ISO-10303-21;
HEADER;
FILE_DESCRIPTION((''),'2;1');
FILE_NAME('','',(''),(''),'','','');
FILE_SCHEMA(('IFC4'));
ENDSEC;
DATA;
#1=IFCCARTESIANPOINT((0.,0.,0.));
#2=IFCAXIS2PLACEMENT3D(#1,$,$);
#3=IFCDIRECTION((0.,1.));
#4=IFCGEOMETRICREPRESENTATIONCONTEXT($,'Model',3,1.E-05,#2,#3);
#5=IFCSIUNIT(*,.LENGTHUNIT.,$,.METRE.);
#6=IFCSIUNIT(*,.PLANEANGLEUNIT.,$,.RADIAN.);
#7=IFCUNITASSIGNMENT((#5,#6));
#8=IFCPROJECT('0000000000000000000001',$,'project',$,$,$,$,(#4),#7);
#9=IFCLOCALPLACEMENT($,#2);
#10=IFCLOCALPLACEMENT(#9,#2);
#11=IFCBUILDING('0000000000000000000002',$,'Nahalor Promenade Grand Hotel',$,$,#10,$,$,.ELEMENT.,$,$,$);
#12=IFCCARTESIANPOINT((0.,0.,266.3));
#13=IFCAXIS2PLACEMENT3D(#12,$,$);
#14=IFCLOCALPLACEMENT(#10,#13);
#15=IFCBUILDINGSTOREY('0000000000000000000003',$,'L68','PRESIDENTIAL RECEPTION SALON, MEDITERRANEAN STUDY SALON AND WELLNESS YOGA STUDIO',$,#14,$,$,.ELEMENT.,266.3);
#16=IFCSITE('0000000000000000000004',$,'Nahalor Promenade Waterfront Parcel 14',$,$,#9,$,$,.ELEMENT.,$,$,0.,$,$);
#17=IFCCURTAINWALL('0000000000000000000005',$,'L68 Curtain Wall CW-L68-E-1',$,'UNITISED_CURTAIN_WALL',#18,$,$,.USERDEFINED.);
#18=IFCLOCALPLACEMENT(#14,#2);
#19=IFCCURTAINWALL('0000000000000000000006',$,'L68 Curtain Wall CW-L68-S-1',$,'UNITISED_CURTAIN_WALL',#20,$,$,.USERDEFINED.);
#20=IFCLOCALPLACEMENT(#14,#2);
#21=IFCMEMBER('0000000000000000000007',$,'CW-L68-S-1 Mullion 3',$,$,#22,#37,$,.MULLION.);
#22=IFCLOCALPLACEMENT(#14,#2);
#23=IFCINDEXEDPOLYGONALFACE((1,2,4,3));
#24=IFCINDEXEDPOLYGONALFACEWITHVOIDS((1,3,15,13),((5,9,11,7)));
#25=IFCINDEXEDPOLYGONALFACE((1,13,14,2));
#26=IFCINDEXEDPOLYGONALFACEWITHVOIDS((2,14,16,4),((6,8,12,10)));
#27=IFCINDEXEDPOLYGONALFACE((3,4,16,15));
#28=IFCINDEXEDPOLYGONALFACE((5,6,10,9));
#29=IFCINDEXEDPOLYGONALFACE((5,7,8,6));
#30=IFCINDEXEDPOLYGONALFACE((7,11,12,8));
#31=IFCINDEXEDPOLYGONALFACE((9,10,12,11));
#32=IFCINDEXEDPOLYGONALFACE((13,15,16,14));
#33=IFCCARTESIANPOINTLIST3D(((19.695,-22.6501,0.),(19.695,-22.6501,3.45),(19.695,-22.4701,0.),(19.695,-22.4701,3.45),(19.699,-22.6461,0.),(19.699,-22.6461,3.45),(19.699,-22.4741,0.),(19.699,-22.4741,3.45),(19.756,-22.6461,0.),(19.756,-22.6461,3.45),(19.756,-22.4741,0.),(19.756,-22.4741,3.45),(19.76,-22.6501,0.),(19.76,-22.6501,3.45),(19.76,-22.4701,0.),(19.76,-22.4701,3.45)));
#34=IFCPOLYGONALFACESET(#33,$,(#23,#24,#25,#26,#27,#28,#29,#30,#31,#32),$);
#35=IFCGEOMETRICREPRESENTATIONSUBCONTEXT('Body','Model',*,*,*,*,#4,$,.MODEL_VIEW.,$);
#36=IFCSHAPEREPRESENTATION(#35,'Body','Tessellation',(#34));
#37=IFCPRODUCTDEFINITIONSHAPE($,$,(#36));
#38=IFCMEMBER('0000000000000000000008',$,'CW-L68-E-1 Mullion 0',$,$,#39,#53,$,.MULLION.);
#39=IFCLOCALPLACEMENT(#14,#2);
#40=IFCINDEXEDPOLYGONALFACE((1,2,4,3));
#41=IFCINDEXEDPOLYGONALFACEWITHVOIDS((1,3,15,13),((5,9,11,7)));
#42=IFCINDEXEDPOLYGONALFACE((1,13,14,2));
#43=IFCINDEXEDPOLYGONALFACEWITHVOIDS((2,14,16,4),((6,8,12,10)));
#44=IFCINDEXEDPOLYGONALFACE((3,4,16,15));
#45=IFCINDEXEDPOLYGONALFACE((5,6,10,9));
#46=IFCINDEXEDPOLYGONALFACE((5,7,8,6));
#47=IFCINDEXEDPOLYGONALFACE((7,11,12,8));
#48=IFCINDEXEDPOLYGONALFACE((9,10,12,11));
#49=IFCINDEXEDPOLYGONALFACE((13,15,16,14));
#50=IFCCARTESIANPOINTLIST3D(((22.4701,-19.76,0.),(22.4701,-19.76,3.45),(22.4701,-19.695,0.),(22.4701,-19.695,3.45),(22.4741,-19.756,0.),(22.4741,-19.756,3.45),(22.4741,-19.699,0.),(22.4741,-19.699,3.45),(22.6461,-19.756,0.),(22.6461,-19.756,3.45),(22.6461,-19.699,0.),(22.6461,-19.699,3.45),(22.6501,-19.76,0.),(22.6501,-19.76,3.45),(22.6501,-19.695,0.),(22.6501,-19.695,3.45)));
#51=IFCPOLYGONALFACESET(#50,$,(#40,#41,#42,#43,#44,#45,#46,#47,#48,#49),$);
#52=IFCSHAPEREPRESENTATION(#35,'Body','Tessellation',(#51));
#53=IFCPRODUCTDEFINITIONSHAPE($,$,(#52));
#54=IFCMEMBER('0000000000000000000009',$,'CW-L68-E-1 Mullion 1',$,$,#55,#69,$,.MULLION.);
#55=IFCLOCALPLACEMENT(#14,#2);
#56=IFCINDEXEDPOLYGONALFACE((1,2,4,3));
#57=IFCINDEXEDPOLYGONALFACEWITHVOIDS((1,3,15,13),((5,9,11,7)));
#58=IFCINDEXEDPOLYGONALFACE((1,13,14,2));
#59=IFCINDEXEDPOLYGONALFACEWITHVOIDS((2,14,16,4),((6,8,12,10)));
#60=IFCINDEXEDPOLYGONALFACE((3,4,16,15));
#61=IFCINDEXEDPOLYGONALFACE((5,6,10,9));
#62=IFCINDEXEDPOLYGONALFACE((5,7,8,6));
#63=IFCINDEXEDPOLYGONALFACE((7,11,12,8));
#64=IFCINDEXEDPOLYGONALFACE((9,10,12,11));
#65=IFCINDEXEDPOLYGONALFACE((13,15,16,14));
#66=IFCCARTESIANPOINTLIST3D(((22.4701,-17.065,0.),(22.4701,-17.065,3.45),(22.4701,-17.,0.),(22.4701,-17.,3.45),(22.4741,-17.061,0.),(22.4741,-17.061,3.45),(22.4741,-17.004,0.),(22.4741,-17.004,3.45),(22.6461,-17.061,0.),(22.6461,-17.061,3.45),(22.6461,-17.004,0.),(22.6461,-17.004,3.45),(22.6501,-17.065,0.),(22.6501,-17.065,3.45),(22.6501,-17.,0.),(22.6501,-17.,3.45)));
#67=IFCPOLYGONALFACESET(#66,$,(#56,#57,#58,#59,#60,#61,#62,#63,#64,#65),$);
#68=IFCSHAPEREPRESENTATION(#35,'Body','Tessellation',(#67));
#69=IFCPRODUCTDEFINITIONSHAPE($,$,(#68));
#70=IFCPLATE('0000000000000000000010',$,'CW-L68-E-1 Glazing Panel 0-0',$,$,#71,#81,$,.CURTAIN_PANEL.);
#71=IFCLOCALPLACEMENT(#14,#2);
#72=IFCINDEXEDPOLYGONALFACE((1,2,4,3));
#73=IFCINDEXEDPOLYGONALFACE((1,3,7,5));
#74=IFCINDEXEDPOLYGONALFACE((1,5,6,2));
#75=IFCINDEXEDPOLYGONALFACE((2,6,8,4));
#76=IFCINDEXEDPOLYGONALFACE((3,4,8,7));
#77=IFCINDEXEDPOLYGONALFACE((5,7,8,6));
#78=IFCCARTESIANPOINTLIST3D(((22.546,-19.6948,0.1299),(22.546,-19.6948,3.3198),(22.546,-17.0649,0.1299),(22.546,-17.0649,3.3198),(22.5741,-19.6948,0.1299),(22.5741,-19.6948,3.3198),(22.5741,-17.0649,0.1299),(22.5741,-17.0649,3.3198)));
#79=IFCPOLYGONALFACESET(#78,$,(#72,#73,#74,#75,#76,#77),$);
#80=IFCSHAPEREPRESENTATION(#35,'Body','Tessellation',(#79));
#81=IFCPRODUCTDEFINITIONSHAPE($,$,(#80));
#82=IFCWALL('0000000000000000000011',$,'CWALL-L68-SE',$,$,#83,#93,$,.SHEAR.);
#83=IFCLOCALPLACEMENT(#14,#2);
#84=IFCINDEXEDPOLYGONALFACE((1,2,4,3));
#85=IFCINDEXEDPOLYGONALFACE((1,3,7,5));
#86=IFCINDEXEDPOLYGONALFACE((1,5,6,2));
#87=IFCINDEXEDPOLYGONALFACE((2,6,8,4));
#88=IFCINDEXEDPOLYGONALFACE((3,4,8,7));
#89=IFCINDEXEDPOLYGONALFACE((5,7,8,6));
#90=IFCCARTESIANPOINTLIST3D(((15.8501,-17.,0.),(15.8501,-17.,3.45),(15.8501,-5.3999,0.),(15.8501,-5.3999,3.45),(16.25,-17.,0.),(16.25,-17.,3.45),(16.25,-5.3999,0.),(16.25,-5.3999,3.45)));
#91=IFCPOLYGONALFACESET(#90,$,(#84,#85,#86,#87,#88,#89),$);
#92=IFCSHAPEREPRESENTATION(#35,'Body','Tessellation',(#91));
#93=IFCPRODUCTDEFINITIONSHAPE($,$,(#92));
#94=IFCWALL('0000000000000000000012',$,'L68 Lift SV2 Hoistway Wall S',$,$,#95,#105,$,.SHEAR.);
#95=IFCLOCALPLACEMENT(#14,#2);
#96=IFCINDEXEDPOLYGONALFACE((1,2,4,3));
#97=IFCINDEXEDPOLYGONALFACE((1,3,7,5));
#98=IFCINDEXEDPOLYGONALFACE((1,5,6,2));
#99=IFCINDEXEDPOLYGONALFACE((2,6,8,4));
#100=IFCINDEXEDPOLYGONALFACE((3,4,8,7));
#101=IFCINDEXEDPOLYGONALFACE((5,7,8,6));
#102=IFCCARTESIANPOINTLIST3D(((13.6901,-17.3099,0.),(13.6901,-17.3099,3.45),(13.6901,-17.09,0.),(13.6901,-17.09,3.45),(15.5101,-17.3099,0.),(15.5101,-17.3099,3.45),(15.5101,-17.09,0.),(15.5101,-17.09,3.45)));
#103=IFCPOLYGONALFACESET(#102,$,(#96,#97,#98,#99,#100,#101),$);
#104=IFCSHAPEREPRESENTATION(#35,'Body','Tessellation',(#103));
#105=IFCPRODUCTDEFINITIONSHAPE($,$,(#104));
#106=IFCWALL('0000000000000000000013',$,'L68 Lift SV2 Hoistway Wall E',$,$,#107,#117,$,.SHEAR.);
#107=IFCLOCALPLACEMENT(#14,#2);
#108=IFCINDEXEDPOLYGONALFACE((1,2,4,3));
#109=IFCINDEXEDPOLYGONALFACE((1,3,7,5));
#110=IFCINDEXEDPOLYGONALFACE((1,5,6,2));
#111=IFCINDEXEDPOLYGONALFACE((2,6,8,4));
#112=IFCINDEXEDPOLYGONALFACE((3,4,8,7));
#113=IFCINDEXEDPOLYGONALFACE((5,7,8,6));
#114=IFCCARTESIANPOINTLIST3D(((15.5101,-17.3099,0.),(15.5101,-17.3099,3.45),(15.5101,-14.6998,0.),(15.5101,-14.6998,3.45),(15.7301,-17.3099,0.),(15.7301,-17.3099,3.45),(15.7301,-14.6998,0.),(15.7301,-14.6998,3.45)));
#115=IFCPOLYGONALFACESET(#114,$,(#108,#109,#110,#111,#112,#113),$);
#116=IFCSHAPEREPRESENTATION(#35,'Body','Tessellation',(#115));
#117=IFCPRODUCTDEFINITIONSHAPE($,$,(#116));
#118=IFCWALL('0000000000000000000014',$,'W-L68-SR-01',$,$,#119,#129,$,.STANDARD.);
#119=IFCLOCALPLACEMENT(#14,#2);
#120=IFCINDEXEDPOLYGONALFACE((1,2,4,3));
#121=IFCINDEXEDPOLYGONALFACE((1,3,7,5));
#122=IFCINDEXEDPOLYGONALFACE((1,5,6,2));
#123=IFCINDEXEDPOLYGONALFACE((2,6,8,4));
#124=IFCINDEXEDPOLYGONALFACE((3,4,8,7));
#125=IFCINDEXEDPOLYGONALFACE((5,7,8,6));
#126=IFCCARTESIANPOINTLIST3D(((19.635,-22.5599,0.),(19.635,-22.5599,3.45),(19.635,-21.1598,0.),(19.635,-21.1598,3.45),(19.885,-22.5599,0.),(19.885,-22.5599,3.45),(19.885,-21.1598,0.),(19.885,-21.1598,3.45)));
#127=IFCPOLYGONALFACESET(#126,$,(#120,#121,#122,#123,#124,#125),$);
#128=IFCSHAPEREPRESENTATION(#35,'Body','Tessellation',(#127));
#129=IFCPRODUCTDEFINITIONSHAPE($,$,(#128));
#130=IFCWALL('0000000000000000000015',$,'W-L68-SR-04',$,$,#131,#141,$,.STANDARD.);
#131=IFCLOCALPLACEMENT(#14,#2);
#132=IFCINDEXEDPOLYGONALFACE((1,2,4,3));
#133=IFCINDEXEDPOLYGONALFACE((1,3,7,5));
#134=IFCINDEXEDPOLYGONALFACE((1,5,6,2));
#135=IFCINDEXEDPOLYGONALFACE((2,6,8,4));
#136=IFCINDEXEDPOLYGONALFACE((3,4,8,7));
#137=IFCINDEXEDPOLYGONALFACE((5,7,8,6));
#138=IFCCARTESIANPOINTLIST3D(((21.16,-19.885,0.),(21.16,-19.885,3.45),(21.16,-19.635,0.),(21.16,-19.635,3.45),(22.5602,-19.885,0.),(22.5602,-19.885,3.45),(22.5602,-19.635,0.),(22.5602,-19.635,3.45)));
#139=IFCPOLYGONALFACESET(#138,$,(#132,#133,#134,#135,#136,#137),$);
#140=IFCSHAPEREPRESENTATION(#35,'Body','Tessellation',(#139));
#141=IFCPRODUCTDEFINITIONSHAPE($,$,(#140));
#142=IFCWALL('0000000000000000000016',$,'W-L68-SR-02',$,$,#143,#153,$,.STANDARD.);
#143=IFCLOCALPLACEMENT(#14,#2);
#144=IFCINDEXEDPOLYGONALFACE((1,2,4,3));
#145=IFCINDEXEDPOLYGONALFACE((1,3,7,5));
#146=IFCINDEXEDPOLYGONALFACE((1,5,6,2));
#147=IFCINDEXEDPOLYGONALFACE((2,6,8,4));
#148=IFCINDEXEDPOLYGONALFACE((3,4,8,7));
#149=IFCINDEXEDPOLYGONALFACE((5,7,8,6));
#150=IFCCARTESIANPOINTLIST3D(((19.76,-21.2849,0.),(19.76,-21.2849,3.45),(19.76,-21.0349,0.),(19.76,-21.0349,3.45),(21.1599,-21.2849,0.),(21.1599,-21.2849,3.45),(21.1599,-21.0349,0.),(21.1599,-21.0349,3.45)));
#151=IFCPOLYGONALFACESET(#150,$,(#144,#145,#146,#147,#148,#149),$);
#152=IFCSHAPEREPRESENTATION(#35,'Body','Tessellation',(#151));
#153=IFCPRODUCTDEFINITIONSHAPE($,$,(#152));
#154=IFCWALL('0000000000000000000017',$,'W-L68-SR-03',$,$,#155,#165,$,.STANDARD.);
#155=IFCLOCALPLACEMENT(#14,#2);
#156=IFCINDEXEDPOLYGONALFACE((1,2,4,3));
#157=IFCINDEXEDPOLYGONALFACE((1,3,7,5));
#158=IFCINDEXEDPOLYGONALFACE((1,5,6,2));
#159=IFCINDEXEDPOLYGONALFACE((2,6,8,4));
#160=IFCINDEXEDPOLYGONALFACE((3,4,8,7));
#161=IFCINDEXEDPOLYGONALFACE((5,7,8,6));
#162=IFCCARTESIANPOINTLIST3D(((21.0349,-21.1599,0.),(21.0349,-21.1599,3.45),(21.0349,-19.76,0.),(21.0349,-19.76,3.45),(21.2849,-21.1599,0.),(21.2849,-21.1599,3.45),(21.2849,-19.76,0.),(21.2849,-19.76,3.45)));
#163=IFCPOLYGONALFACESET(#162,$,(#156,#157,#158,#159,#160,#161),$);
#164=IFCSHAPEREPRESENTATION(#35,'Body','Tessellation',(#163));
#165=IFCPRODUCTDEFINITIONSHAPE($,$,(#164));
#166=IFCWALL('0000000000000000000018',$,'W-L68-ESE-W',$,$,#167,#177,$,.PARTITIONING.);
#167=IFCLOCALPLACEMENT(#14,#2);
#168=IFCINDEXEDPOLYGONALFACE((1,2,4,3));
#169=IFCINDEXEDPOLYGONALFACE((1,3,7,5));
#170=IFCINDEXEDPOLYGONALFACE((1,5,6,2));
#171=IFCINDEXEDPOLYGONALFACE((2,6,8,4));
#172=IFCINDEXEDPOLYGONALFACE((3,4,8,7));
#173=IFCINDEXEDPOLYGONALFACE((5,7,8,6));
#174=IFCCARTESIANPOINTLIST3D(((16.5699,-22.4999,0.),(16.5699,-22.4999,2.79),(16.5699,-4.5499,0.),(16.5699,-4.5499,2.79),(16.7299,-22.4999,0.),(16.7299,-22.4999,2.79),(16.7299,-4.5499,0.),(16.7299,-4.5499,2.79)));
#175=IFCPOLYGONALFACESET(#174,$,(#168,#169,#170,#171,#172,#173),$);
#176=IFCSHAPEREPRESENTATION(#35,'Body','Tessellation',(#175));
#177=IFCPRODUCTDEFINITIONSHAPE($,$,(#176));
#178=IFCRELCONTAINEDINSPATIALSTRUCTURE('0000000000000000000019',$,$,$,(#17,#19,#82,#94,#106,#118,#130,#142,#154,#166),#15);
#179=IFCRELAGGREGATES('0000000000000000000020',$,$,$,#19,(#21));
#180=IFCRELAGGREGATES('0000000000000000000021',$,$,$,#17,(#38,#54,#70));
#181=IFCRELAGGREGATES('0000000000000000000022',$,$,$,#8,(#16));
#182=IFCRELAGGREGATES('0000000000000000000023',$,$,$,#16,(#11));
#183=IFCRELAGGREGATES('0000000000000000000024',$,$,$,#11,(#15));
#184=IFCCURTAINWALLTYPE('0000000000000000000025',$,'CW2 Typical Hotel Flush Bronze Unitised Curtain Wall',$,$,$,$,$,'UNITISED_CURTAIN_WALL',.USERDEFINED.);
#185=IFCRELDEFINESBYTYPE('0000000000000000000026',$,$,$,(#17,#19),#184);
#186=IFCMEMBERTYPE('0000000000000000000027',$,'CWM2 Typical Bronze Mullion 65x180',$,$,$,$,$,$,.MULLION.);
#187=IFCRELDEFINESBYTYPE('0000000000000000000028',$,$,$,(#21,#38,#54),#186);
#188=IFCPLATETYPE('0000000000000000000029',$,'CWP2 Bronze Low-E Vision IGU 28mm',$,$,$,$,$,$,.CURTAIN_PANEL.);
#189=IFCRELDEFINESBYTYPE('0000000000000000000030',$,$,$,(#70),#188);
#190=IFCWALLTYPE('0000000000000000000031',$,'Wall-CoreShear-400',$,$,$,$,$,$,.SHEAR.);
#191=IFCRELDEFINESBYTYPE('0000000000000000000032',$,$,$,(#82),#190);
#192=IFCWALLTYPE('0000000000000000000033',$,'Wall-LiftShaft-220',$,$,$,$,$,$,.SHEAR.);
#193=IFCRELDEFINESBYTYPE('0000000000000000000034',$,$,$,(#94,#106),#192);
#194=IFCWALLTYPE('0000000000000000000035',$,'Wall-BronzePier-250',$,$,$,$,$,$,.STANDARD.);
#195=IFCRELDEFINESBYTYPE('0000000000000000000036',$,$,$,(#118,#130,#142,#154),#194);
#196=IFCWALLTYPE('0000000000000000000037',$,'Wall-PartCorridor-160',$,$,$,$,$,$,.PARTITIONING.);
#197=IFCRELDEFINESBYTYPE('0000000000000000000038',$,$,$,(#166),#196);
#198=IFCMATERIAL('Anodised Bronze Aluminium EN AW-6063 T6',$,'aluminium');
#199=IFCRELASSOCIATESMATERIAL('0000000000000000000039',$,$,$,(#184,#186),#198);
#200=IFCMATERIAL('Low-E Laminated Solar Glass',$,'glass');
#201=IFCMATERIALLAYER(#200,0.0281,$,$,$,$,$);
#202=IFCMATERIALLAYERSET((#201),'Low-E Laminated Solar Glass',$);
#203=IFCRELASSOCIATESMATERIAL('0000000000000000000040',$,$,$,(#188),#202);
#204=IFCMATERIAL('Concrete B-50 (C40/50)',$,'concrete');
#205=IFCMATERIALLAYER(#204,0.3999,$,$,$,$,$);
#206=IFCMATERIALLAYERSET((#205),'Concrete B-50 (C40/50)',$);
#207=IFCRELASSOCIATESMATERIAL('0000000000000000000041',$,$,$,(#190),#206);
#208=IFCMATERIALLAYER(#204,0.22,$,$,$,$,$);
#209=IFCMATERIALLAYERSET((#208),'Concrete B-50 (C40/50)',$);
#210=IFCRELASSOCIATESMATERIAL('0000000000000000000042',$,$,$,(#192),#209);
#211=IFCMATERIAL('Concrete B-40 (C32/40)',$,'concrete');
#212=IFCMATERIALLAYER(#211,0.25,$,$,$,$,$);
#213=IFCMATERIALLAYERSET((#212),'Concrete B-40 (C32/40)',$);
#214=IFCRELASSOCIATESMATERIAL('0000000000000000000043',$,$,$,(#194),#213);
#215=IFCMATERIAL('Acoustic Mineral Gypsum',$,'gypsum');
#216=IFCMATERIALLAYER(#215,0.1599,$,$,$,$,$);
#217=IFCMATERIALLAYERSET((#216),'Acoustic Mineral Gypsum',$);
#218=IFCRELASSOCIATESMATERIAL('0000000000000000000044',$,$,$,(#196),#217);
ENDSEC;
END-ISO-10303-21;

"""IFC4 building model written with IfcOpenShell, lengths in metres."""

from ifc_helpers import new_model, si_unit, direction, frame, frame_2d, origin, origin_2d, place, context, subcontext, project, spatial, rectangle, hollow_rectangle, extrude, source, transform, mapped, material, layer, layer_set, material_profile, profile_set, type_object, element, aggregate, save


model = new_model("IFC4")

# Units and contexts
model_context = context("Model", 3, precision=1e-05, world=origin(), true_north=direction((0.0, 1.0)))
body_context = subcontext(model_context, "Body", "Model", "MODEL_VIEW")
ifc_project = project(units=[si_unit("LENGTHUNIT", "METRE"), si_unit("PLANEANGLEUNIT", "RADIAN")], contexts=[model_context])

# Site, building, storey
site_placement = place(None, origin())
site = spatial("IfcSite", under=ifc_project, at=site_placement, Name="Nahalor Promenade Waterfront Parcel 14", CompositionType="ELEMENT", RefElevation=0.0)
building_placement = place(site_placement, origin())
building = spatial("IfcBuilding", under=site, at=building_placement, Name="Nahalor Promenade Grand Hotel", CompositionType="ELEMENT")
storey_placement = place(building_placement, frame((0.0, 0.0, 266.3)))
storey = spatial("IfcBuildingStorey", under=building, at=storey_placement, Name="L68", Description="PRESIDENTIAL RECEPTION SALON, MEDITERRANEAN STUDY SALON AND WELLNESS YOGA STUDIO", CompositionType="ELEMENT", Elevation=266.3)

# Shared definitions
ifc_material_1 = material(Name="Concrete B-50 (C40/50)", Category="concrete")

# Curtain wall
ifc_material_2 = material(Name="Anodised Bronze Aluminium EN AW-6063 T6", Category="aluminium")
curtain_wall_type = type_object("IfcCurtainWallType", Name="CW2 Typical Hotel Flush Bronze Unitised Curtain Wall", ElementType="UNITISED_CURTAIN_WALL", PredefinedType="USERDEFINED", material=ifc_material_2)
curtain_wall_1_placement = place(storey_placement, origin())
curtain_wall_1 = element("IfcCurtainWall", 1, at=curtain_wall_1_placement, inside=storey, type_object=curtain_wall_type, Name="L68 Curtain Wall CW-L68-E-1", ObjectType="UNITISED_CURTAIN_WALL", PredefinedType="USERDEFINED")

# Curtain wall, member
curtain_wall_2_placement = place(storey_placement, origin())
curtain_wall_2 = element("IfcCurtainWall", 2, at=curtain_wall_2_placement, inside=storey, type_object=curtain_wall_type, Name="L68 Curtain Wall CW-L68-S-1", ObjectType="UNITISED_CURTAIN_WALL", PredefinedType="USERDEFINED")
ifc_material_profile_1 = material_profile(ifc_material_2, hollow_rectangle(XDim=0.065, YDim=0.18, WallThickness=0.004, at=origin_2d()), Name="CWM 65x180x4")
ifc_profile_set_1 = profile_set([ifc_material_profile_1], Name="Anodised Bronze Aluminium EN AW-6063 T6")
member_type_1 = type_object("IfcMemberType", Name="CWM2 Typical Bronze Mullion 65x180", PredefinedType="MULLION", material=ifc_profile_set_1)
shared_shape_1 = source(origin(), body_context, "Body", "SweptSolid", [
    extrude(hollow_rectangle(XDim=0.065, YDim=0.18, WallThickness=0.004, at=origin_2d()), origin(), (0.0, 0.0, 1.0), 3.45),
])
member_1_placement = place(storey_placement, frame((19.7275, -22.5601, 0.0), z_axis=(0.0, 0.0, 1.0), x_axis=(1.0, 0.0, 0.0)))
member_1 = element("IfcMember", 3, at=member_1_placement, type_object=member_type_1, Name="CW-L68-S-1 Mullion 3", PredefinedType="MULLION", context=body_context, shape_type="MappedRepresentation", body=[
    mapped(shared_shape_1, transform((0.0, 0.0, 0.0), scale=1.0)),
])
aggregate(curtain_wall_2, [member_1])

# Members
member_2_placement = place(storey_placement, frame((22.5601, -19.7275, 0.0), z_axis=(0.0, 0.0, 1.0), x_axis=(0.0, 1.0, 0.0)))
member_2 = element("IfcMember", 4, at=member_2_placement, type_object=member_type_1, Name="CW-L68-E-1 Mullion 0", PredefinedType="MULLION", context=body_context, shape_type="MappedRepresentation", body=[
    mapped(shared_shape_1, transform((0.0, 0.0, 0.0), scale=1.0)),
])
member_3_placement = place(storey_placement, frame((22.5601, -17.0325, 0.0), z_axis=(0.0, 0.0, 1.0), x_axis=(0.0, 1.0, 0.0)))
member_3 = element("IfcMember", 5, at=member_3_placement, type_object=member_type_1, Name="CW-L68-E-1 Mullion 1", PredefinedType="MULLION", context=body_context, shape_type="MappedRepresentation", body=[
    mapped(shared_shape_1, transform((0.0, 0.0, 0.0), scale=1.0)),
])

# Plate
ifc_material_3 = material(Name="Low-E Laminated Solar Glass", Category="glass")
ifc_layer_1 = layer(ifc_material_3, 0.0281)
ifc_layer_set_1 = layer_set([ifc_layer_1], Name="Low-E Laminated Solar Glass")
plate_type = type_object("IfcPlateType", Name="CWP2 Bronze Low-E Vision IGU 28mm", PredefinedType="CURTAIN_PANEL", material=ifc_layer_set_1)
shared_shape_2 = source(origin(), body_context, "Body", "SweptSolid", [
    extrude(rectangle(XDim=2.6299, YDim=0.0281, at=origin_2d()), origin(), (0.0, 0.0, 1.0), 3.1899),
])
plate_placement = place(storey_placement, frame((22.5601, -18.3799, 0.1299), z_axis=(0.0, 0.0, 1.0), x_axis=(0.0, 1.0, 0.0)))
plate = element("IfcPlate", 6, at=plate_placement, type_object=plate_type, Name="CW-L68-E-1 Glazing Panel 0-0", PredefinedType="CURTAIN_PANEL", context=body_context, shape_type="MappedRepresentation", body=[
    mapped(shared_shape_2, transform((0.0, 0.0, 0.0), scale=1.0)),
])
aggregate(curtain_wall_1, [member_2, member_3, plate])

# Walls
ifc_layer_2 = layer(ifc_material_1, 0.3999)
ifc_layer_set_2 = layer_set([ifc_layer_2], Name="Concrete B-50 (C40/50)")
wall_type_1 = type_object("IfcWallType", Name="Wall-CoreShear-400", PredefinedType="SHEAR", material=ifc_layer_set_2)
shared_shape_3 = source(origin(), body_context, "Body", "SweptSolid", [
    extrude(rectangle(XDim=11.6001, YDim=0.3999, at=frame_2d((5.8, 0.0))), origin(), (0.0, 0.0, 1.0), 3.45),
])
wall_1_placement = place(storey_placement, frame((16.05, -17.0, 0.0), z_axis=(0.0, 0.0, 1.0), x_axis=(0.0, 1.0, 0.0)))
element("IfcWall", 7, at=wall_1_placement, inside=storey, type_object=wall_type_1, Name="CWALL-L68-SE", PredefinedType="SHEAR", context=body_context, shape_type="MappedRepresentation", body=[
    mapped(shared_shape_3, transform((0.0, 0.0, 0.0), scale=1.0)),
])
ifc_layer_3 = layer(ifc_material_1, 0.22)
ifc_layer_set_3 = layer_set([ifc_layer_3], Name="Concrete B-50 (C40/50)")
wall_type_2 = type_object("IfcWallType", Name="Wall-LiftShaft-220", PredefinedType="SHEAR", material=ifc_layer_set_3)
shared_shape_4 = source(origin(), body_context, "Body", "SweptSolid", [
    extrude(rectangle(XDim=1.8201, YDim=0.22, at=frame_2d((0.9102, 0.0))), origin(), (0.0, 0.0, 1.0), 3.45),
])
wall_2_placement = place(storey_placement, frame((13.6899, -17.2, 0.0), z_axis=(0.0, 0.0, 1.0), x_axis=(1.0, 0.0, 0.0)))
element("IfcWall", 8, at=wall_2_placement, inside=storey, type_object=wall_type_2, Name="L68 Lift SV2 Hoistway Wall S", PredefinedType="SHEAR", context=body_context, shape_type="MappedRepresentation", body=[
    mapped(shared_shape_4, transform((0.0, 0.0, 0.0), scale=1.0)),
])
shared_shape_5 = source(origin(), body_context, "Body", "SweptSolid", [
    extrude(rectangle(XDim=2.6101, YDim=0.22, at=frame_2d((1.3052, 0.0))), origin(), (0.0, 0.0, 1.0), 3.45),
])
wall_3_placement = place(storey_placement, frame((15.6201, -17.3101, 0.0), z_axis=(0.0, 0.0, 1.0), x_axis=(0.0, 1.0, 0.0)))
element("IfcWall", 9, at=wall_3_placement, inside=storey, type_object=wall_type_2, Name="L68 Lift SV2 Hoistway Wall E", PredefinedType="SHEAR", context=body_context, shape_type="MappedRepresentation", body=[
    mapped(shared_shape_5, transform((0.0, 0.0, 0.0), scale=1.0)),
])
ifc_material_4 = material(Name="Concrete B-40 (C32/40)", Category="concrete")
ifc_layer_4 = layer(ifc_material_4, 0.25)
ifc_layer_set_4 = layer_set([ifc_layer_4], Name="Concrete B-40 (C32/40)")
wall_type_3 = type_object("IfcWallType", Name="Wall-BronzePier-250", PredefinedType="STANDARD", material=ifc_layer_set_4)
shared_shape_6 = source(origin(), body_context, "Body", "SweptSolid", [
    extrude(rectangle(XDim=1.4001, YDim=0.25, at=frame_2d((0.7002, 0.0))), origin(), (0.0, 0.0, 1.0), 3.45),
])
for number, where, z_axis, x_axis, name in (
    (10, (19.76, -22.5601, 0.0), (0.0, 0.0, 1.0), (0.0, 1.0, 0.0), "W-L68-SR-01"),
    (11, (21.1599, -19.76, 0.0), (0.0, 0.0, 1.0), (1.0, 0.0, 0.0), "W-L68-SR-04"),
):
    element("IfcWall", number, at=place(storey_placement, frame(where, z_axis=z_axis, x_axis=x_axis)), inside=storey, type_object=wall_type_3, Name=name, PredefinedType="STANDARD", context=body_context, shape_type="MappedRepresentation", body=[
        mapped(shared_shape_6, transform((0.0, 0.0, 0.0), scale=1.0)),
    ])
shared_shape_7 = source(origin(), body_context, "Body", "SweptSolid", [
    extrude(rectangle(XDim=1.3999, YDim=0.25, at=frame_2d((0.7, 0.0))), origin(), (0.0, 0.0, 1.0), 3.45),
])
for number, where, z_axis, x_axis, name in (
    (12, (19.76, -21.1599, 0.0), (0.0, 0.0, 1.0), (1.0, 0.0, 0.0), "W-L68-SR-02"),
    (13, (21.1599, -21.1599, 0.0), (0.0, 0.0, 1.0), (0.0, 1.0, 0.0), "W-L68-SR-03"),
):
    element("IfcWall", number, at=place(storey_placement, frame(where, z_axis=z_axis, x_axis=x_axis)), inside=storey, type_object=wall_type_3, Name=name, PredefinedType="STANDARD", context=body_context, shape_type="MappedRepresentation", body=[
        mapped(shared_shape_7, transform((0.0, 0.0, 0.0), scale=1.0)),
    ])
ifc_material_5 = material(Name="Acoustic Mineral Gypsum", Category="gypsum")
ifc_layer_5 = layer(ifc_material_5, 0.1599)
ifc_layer_set_5 = layer_set([ifc_layer_5], Name="Acoustic Mineral Gypsum")
wall_type_4 = type_object("IfcWallType", Name="Wall-PartCorridor-160", PredefinedType="PARTITIONING", material=ifc_layer_set_5)
shared_shape_8 = source(origin(), body_context, "Body", "SweptSolid", [
    extrude(rectangle(XDim=17.95, YDim=0.1599, at=frame_2d((8.9751, 0.0))), origin(), (0.0, 0.0, 1.0), 2.79),
])
wall_4_placement = place(storey_placement, frame((16.6499, -22.5, 0.0), z_axis=(0.0, 0.0, 1.0), x_axis=(0.0, 1.0, 0.0)))
element("IfcWall", 14, at=wall_4_placement, inside=storey, type_object=wall_type_4, Name="W-L68-ESE-W", PredefinedType="PARTITIONING", context=body_context, shape_type="MappedRepresentation", body=[
    mapped(shared_shape_8, transform((0.0, 0.0, 0.0), scale=1.0)),
])

save(model, "model.ifc")
